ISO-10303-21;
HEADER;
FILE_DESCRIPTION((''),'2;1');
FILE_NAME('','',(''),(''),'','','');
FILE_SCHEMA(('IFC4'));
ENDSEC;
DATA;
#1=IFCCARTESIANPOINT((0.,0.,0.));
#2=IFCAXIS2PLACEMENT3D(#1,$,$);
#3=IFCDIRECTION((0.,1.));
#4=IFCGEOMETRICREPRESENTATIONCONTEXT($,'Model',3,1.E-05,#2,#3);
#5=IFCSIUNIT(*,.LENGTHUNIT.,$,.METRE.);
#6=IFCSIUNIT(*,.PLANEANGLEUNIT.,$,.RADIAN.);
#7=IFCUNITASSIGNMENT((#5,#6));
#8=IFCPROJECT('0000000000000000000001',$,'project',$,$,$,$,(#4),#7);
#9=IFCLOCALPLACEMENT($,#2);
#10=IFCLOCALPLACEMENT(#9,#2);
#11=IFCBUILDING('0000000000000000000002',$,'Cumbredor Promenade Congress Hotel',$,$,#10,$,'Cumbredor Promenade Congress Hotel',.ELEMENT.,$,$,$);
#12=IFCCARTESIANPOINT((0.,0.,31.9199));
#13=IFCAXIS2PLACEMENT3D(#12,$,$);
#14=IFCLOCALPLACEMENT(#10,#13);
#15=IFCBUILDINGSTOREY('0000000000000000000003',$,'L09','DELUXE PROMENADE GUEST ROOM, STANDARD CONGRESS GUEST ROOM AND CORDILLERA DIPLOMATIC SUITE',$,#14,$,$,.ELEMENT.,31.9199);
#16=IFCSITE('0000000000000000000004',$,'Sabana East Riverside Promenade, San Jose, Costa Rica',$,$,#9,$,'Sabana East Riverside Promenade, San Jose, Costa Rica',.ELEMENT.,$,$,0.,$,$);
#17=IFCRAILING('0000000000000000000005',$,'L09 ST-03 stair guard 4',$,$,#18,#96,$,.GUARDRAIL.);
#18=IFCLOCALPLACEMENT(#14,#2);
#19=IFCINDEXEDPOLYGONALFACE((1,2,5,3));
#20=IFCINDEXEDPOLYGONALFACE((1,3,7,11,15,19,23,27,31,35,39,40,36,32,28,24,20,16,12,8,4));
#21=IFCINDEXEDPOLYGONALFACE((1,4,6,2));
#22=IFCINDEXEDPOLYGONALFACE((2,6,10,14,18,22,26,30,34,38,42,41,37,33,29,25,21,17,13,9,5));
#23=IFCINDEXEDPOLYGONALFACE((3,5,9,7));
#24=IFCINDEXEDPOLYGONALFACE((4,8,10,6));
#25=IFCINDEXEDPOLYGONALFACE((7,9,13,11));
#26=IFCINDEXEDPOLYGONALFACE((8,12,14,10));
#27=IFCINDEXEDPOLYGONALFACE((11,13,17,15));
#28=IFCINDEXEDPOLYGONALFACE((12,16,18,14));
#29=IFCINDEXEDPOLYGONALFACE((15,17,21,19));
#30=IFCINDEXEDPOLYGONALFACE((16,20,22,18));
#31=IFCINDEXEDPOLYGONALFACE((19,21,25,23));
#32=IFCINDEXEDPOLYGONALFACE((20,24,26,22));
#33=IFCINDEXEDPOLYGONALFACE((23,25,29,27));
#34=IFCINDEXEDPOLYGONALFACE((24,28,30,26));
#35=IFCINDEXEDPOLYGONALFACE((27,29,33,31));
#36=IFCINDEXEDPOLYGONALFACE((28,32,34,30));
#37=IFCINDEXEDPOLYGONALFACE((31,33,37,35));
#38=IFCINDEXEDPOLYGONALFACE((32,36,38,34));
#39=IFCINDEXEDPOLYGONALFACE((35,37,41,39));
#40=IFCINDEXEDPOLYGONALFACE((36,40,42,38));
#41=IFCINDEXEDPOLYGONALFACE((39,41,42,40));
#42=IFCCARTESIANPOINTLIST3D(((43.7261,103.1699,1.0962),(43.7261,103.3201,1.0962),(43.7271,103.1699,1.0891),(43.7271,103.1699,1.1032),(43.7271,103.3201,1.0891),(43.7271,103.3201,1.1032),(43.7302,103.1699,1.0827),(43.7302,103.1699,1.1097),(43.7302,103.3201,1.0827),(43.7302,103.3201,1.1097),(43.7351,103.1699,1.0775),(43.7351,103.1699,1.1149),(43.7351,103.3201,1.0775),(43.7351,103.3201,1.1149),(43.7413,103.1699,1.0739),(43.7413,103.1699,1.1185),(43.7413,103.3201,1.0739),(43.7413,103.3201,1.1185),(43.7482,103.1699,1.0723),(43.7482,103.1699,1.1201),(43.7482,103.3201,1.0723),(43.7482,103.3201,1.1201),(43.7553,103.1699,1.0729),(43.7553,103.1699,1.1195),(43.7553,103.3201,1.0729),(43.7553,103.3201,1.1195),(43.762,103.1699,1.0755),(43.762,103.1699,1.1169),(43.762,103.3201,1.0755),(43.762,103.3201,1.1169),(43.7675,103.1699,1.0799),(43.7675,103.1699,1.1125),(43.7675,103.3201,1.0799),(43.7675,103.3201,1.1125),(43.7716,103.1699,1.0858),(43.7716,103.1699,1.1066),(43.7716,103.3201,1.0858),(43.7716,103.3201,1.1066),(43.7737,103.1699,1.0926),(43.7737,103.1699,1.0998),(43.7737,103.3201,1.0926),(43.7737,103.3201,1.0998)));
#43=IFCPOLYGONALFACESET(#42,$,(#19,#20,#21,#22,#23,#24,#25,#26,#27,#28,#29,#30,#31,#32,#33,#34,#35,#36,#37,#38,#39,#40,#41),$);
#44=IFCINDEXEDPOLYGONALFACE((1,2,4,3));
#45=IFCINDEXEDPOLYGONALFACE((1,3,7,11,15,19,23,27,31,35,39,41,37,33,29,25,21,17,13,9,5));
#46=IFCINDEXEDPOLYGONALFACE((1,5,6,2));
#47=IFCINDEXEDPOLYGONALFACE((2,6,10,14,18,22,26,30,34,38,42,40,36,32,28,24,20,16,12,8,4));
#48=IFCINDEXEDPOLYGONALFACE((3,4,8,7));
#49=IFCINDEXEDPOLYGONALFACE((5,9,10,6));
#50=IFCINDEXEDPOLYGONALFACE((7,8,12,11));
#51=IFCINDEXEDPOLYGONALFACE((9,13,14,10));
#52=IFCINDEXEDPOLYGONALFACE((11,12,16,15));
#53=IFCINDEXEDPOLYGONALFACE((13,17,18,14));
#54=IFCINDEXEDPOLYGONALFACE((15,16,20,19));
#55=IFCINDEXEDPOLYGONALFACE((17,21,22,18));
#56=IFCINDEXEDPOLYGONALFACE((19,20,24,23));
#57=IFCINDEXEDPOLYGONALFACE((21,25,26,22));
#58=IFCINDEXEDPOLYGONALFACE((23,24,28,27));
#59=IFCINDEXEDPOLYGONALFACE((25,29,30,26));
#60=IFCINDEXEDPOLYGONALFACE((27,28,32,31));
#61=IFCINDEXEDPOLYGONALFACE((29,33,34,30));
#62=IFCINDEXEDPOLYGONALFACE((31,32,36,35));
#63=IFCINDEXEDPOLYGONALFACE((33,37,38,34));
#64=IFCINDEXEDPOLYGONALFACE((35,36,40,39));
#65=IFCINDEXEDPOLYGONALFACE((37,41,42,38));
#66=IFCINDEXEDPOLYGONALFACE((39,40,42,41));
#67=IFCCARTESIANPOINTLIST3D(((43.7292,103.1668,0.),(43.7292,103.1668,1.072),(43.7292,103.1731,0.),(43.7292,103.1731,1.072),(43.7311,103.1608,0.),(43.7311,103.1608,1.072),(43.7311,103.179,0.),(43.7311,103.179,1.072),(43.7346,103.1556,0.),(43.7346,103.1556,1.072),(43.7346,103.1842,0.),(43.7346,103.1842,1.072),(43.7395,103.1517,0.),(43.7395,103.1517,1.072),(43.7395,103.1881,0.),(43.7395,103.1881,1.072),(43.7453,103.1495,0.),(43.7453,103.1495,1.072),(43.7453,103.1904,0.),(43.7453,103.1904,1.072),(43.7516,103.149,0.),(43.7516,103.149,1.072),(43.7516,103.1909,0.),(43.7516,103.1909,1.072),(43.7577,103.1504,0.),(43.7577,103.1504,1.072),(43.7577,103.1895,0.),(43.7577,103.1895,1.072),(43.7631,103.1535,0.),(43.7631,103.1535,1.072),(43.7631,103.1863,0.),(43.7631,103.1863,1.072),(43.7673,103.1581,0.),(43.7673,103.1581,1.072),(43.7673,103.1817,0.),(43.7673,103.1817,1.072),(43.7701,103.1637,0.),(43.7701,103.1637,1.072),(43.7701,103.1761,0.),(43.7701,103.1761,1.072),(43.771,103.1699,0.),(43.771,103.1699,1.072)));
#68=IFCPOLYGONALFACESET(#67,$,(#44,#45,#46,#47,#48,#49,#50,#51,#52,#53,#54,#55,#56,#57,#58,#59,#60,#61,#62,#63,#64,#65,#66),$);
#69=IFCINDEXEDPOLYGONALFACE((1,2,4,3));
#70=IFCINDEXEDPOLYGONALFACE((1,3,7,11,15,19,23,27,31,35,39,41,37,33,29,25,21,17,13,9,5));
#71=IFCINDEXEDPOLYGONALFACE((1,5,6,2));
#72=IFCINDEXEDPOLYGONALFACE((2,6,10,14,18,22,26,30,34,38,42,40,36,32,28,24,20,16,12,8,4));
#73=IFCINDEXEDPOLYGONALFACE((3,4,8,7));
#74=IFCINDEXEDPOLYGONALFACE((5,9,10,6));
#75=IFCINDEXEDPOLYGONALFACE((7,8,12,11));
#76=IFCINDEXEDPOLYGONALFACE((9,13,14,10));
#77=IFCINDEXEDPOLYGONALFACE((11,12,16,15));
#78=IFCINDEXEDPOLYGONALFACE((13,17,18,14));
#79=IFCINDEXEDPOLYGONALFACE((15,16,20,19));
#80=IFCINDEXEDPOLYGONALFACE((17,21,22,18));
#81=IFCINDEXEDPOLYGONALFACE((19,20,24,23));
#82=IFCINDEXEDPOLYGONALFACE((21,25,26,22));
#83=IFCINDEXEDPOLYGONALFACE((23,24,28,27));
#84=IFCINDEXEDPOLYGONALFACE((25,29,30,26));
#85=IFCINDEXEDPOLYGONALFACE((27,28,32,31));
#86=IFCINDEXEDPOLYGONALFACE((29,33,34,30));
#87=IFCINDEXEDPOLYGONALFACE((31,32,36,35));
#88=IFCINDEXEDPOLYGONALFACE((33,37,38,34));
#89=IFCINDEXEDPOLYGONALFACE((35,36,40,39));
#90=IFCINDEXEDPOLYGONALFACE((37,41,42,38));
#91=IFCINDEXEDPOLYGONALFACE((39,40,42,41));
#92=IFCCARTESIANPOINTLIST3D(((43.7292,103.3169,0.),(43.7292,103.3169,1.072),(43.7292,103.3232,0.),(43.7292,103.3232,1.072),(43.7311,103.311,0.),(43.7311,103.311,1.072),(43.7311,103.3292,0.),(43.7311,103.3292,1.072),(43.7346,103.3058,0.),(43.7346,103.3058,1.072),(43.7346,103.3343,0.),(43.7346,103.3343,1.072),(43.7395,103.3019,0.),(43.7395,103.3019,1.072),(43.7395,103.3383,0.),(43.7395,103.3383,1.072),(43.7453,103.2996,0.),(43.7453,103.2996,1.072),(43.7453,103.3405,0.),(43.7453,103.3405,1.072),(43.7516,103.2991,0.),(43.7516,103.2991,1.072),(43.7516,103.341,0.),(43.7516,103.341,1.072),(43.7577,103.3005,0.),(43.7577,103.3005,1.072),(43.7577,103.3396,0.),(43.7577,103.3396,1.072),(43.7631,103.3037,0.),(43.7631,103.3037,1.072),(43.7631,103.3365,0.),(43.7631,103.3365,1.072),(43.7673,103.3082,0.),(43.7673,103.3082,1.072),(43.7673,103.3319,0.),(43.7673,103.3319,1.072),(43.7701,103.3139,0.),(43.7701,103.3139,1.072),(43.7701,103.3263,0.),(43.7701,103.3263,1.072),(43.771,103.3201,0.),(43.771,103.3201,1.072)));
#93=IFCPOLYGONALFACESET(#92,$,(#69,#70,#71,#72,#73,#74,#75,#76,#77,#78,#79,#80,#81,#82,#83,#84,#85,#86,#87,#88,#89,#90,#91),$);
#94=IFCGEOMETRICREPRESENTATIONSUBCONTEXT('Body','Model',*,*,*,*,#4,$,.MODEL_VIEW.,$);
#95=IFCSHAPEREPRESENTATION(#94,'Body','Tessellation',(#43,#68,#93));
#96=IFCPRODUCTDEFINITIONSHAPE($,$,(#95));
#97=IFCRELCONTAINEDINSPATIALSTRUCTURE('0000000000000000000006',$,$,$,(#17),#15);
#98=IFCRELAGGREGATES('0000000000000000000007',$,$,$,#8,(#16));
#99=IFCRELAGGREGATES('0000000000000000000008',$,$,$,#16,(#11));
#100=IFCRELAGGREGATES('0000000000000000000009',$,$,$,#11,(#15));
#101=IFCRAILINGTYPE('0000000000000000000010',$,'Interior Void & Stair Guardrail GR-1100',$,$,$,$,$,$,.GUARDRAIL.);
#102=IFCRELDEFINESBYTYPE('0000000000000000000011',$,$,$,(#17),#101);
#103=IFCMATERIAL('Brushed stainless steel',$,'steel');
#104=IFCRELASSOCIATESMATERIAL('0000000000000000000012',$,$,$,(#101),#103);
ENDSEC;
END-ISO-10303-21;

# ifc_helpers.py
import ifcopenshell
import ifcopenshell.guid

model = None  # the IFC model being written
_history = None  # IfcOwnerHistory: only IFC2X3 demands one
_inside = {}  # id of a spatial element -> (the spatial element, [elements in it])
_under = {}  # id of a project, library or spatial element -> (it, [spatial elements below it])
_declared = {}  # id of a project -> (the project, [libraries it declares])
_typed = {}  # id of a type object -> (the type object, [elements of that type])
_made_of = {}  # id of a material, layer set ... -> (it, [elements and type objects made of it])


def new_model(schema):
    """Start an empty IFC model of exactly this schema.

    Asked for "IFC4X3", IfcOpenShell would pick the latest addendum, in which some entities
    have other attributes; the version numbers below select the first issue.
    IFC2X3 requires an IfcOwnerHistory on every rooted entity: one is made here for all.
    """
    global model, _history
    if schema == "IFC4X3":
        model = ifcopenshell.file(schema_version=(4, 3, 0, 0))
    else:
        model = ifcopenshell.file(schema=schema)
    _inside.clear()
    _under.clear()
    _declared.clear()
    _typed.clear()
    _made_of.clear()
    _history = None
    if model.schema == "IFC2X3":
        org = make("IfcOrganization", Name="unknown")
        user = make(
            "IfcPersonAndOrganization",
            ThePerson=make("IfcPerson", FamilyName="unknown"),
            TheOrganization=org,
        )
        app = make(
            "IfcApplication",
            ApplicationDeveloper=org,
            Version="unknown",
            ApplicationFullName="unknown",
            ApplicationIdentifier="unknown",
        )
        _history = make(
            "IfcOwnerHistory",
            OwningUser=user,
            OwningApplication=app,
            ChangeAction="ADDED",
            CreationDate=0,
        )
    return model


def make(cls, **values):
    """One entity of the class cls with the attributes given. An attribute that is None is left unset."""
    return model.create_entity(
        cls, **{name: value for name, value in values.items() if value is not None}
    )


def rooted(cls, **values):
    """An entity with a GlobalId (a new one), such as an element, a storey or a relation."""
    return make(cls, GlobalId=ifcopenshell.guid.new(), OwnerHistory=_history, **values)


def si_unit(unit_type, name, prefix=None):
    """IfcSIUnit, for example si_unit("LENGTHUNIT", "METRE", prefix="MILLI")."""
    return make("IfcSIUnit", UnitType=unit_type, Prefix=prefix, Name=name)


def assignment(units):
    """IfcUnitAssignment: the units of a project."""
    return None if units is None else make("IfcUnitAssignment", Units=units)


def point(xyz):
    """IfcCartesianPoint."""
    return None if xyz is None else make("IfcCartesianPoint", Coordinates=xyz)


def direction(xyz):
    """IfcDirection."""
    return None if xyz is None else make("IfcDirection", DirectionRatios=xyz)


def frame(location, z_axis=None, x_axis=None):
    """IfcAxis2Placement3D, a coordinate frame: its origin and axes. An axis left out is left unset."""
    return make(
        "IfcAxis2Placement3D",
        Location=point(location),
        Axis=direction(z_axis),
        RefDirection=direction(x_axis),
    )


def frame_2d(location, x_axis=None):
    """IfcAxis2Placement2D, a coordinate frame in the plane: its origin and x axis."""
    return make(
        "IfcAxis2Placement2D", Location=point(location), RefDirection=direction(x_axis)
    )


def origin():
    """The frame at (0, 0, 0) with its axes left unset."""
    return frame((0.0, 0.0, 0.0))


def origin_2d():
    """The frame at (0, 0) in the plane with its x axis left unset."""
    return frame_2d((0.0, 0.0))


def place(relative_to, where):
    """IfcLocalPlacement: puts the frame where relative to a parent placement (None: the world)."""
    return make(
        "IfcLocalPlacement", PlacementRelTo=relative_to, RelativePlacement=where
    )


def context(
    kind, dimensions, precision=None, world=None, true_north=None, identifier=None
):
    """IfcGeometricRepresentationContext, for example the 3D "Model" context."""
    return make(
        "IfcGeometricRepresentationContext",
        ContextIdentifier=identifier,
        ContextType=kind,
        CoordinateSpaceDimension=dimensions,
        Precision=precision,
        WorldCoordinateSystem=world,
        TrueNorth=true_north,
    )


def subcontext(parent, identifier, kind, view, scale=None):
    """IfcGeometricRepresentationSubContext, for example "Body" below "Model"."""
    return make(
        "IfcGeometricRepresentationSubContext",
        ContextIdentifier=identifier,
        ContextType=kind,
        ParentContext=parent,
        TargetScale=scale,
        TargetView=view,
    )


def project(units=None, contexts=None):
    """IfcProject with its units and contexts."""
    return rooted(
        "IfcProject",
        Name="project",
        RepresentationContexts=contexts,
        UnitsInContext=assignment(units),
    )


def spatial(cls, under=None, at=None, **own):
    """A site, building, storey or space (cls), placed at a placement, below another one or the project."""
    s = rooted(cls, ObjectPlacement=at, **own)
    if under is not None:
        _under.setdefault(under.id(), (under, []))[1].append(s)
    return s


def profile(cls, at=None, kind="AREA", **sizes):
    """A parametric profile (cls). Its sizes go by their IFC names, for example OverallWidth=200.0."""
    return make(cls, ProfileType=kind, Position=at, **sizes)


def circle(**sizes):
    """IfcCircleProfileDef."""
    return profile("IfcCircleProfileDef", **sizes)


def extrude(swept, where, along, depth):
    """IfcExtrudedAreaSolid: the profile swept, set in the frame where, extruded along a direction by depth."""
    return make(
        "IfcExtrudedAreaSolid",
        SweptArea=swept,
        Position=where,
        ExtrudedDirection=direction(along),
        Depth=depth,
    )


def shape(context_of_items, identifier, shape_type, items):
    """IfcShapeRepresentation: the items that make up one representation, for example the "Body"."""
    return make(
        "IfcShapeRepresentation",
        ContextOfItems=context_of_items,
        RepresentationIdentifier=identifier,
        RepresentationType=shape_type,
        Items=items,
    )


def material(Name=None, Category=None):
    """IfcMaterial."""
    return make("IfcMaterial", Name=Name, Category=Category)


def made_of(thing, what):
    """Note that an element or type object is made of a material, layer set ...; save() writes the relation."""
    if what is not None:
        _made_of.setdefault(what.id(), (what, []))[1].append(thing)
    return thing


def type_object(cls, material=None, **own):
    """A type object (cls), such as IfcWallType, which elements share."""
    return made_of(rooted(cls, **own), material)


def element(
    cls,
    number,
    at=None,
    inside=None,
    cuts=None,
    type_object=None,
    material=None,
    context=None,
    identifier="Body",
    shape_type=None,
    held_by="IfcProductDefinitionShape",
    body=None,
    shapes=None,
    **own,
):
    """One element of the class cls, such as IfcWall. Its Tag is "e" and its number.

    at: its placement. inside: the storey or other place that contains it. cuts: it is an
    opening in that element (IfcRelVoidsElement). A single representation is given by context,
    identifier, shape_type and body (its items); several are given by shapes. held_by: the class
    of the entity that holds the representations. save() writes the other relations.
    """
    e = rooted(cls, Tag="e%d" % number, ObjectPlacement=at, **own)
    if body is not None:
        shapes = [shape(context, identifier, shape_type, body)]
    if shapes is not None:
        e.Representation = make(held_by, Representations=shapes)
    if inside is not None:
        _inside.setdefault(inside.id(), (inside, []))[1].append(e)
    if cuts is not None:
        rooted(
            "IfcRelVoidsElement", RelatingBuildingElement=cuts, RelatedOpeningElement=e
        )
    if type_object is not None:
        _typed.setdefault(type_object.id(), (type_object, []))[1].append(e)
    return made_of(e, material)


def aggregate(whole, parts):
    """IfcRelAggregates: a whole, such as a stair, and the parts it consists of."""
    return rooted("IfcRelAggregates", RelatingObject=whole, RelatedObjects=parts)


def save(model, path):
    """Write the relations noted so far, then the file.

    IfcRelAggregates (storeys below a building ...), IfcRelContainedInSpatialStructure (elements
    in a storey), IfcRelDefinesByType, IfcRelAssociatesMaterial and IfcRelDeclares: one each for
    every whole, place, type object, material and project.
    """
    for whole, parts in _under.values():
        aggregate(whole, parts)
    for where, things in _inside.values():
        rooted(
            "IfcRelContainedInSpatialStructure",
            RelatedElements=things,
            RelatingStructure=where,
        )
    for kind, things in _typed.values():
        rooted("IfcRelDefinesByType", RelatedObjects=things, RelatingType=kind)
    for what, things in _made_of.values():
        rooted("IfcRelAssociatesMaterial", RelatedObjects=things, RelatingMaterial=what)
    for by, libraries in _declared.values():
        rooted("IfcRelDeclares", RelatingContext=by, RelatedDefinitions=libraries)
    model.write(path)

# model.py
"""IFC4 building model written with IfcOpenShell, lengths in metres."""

from ifc_helpers import new_model, si_unit, direction, frame, origin, origin_2d, place, context, subcontext, project, spatial, circle, extrude, material, type_object, element, save


model = new_model("IFC4")

# Units and contexts
model_context = context("Model", 3, precision=1e-05, world=origin(), true_north=direction((0.0, 1.0)))
body_context = subcontext(model_context, "Body", "Model", "MODEL_VIEW")
ifc_project = project(units=[si_unit("LENGTHUNIT", "METRE"), si_unit("PLANEANGLEUNIT", "RADIAN")], contexts=[model_context])

# Site, building, storey
site_placement = place(None, origin())
site = spatial("IfcSite", under=ifc_project, at=site_placement, Name="Sabana East Riverside Promenade, San Jose, Costa Rica", LongName="Sabana East Riverside Promenade, San Jose, Costa Rica", CompositionType="ELEMENT", RefElevation=0.0)
building_placement = place(site_placement, origin())
building = spatial("IfcBuilding", under=site, at=building_placement, Name="Cumbredor Promenade Congress Hotel", LongName="Cumbredor Promenade Congress Hotel", CompositionType="ELEMENT")
storey_placement = place(building_placement, frame((0.0, 0.0, 31.9199)))
storey = spatial("IfcBuildingStorey", under=building, at=storey_placement, Name="L09", Description="DELUXE PROMENADE GUEST ROOM, STANDARD CONGRESS GUEST ROOM AND CORDILLERA DIPLOMATIC SUITE", CompositionType="ELEMENT", Elevation=31.9199)

# Railing
ifc_material_1 = material(Name="Brushed stainless steel", Category="steel")
railing_type_1 = type_object("IfcRailingType", Name="Interior Void & Stair Guardrail GR-1100", PredefinedType="GUARDRAIL", material=ifc_material_1)
railing_1_placement = place(storey_placement, frame((43.75, 103.1699, 0.0)))
element("IfcRailing", 1, at=railing_1_placement, inside=storey, type_object=railing_type_1, Name="L09 ST-03 stair guard 4", PredefinedType="GUARDRAIL", context=body_context, shape_type="SweptSolid", body=[
    extrude(circle(Radius=0.0239, at=origin_2d()), frame((0.0, 0.0, 1.0962), z_axis=(0.0, 1.0, 0.0), x_axis=(-1.0, 0.0, 0.0)), (0.0, 0.0, 1.0), 0.1501),
    extrude(circle(Radius=0.021, at=origin_2d()), origin(), (0.0, 0.0, 1.0), 1.072),
    extrude(circle(Radius=0.021, at=origin_2d()), frame((0.0, 0.1501, 0.0)), (0.0, 0.0, 1.0), 1.072),
])

save(model, "model.ifc")
